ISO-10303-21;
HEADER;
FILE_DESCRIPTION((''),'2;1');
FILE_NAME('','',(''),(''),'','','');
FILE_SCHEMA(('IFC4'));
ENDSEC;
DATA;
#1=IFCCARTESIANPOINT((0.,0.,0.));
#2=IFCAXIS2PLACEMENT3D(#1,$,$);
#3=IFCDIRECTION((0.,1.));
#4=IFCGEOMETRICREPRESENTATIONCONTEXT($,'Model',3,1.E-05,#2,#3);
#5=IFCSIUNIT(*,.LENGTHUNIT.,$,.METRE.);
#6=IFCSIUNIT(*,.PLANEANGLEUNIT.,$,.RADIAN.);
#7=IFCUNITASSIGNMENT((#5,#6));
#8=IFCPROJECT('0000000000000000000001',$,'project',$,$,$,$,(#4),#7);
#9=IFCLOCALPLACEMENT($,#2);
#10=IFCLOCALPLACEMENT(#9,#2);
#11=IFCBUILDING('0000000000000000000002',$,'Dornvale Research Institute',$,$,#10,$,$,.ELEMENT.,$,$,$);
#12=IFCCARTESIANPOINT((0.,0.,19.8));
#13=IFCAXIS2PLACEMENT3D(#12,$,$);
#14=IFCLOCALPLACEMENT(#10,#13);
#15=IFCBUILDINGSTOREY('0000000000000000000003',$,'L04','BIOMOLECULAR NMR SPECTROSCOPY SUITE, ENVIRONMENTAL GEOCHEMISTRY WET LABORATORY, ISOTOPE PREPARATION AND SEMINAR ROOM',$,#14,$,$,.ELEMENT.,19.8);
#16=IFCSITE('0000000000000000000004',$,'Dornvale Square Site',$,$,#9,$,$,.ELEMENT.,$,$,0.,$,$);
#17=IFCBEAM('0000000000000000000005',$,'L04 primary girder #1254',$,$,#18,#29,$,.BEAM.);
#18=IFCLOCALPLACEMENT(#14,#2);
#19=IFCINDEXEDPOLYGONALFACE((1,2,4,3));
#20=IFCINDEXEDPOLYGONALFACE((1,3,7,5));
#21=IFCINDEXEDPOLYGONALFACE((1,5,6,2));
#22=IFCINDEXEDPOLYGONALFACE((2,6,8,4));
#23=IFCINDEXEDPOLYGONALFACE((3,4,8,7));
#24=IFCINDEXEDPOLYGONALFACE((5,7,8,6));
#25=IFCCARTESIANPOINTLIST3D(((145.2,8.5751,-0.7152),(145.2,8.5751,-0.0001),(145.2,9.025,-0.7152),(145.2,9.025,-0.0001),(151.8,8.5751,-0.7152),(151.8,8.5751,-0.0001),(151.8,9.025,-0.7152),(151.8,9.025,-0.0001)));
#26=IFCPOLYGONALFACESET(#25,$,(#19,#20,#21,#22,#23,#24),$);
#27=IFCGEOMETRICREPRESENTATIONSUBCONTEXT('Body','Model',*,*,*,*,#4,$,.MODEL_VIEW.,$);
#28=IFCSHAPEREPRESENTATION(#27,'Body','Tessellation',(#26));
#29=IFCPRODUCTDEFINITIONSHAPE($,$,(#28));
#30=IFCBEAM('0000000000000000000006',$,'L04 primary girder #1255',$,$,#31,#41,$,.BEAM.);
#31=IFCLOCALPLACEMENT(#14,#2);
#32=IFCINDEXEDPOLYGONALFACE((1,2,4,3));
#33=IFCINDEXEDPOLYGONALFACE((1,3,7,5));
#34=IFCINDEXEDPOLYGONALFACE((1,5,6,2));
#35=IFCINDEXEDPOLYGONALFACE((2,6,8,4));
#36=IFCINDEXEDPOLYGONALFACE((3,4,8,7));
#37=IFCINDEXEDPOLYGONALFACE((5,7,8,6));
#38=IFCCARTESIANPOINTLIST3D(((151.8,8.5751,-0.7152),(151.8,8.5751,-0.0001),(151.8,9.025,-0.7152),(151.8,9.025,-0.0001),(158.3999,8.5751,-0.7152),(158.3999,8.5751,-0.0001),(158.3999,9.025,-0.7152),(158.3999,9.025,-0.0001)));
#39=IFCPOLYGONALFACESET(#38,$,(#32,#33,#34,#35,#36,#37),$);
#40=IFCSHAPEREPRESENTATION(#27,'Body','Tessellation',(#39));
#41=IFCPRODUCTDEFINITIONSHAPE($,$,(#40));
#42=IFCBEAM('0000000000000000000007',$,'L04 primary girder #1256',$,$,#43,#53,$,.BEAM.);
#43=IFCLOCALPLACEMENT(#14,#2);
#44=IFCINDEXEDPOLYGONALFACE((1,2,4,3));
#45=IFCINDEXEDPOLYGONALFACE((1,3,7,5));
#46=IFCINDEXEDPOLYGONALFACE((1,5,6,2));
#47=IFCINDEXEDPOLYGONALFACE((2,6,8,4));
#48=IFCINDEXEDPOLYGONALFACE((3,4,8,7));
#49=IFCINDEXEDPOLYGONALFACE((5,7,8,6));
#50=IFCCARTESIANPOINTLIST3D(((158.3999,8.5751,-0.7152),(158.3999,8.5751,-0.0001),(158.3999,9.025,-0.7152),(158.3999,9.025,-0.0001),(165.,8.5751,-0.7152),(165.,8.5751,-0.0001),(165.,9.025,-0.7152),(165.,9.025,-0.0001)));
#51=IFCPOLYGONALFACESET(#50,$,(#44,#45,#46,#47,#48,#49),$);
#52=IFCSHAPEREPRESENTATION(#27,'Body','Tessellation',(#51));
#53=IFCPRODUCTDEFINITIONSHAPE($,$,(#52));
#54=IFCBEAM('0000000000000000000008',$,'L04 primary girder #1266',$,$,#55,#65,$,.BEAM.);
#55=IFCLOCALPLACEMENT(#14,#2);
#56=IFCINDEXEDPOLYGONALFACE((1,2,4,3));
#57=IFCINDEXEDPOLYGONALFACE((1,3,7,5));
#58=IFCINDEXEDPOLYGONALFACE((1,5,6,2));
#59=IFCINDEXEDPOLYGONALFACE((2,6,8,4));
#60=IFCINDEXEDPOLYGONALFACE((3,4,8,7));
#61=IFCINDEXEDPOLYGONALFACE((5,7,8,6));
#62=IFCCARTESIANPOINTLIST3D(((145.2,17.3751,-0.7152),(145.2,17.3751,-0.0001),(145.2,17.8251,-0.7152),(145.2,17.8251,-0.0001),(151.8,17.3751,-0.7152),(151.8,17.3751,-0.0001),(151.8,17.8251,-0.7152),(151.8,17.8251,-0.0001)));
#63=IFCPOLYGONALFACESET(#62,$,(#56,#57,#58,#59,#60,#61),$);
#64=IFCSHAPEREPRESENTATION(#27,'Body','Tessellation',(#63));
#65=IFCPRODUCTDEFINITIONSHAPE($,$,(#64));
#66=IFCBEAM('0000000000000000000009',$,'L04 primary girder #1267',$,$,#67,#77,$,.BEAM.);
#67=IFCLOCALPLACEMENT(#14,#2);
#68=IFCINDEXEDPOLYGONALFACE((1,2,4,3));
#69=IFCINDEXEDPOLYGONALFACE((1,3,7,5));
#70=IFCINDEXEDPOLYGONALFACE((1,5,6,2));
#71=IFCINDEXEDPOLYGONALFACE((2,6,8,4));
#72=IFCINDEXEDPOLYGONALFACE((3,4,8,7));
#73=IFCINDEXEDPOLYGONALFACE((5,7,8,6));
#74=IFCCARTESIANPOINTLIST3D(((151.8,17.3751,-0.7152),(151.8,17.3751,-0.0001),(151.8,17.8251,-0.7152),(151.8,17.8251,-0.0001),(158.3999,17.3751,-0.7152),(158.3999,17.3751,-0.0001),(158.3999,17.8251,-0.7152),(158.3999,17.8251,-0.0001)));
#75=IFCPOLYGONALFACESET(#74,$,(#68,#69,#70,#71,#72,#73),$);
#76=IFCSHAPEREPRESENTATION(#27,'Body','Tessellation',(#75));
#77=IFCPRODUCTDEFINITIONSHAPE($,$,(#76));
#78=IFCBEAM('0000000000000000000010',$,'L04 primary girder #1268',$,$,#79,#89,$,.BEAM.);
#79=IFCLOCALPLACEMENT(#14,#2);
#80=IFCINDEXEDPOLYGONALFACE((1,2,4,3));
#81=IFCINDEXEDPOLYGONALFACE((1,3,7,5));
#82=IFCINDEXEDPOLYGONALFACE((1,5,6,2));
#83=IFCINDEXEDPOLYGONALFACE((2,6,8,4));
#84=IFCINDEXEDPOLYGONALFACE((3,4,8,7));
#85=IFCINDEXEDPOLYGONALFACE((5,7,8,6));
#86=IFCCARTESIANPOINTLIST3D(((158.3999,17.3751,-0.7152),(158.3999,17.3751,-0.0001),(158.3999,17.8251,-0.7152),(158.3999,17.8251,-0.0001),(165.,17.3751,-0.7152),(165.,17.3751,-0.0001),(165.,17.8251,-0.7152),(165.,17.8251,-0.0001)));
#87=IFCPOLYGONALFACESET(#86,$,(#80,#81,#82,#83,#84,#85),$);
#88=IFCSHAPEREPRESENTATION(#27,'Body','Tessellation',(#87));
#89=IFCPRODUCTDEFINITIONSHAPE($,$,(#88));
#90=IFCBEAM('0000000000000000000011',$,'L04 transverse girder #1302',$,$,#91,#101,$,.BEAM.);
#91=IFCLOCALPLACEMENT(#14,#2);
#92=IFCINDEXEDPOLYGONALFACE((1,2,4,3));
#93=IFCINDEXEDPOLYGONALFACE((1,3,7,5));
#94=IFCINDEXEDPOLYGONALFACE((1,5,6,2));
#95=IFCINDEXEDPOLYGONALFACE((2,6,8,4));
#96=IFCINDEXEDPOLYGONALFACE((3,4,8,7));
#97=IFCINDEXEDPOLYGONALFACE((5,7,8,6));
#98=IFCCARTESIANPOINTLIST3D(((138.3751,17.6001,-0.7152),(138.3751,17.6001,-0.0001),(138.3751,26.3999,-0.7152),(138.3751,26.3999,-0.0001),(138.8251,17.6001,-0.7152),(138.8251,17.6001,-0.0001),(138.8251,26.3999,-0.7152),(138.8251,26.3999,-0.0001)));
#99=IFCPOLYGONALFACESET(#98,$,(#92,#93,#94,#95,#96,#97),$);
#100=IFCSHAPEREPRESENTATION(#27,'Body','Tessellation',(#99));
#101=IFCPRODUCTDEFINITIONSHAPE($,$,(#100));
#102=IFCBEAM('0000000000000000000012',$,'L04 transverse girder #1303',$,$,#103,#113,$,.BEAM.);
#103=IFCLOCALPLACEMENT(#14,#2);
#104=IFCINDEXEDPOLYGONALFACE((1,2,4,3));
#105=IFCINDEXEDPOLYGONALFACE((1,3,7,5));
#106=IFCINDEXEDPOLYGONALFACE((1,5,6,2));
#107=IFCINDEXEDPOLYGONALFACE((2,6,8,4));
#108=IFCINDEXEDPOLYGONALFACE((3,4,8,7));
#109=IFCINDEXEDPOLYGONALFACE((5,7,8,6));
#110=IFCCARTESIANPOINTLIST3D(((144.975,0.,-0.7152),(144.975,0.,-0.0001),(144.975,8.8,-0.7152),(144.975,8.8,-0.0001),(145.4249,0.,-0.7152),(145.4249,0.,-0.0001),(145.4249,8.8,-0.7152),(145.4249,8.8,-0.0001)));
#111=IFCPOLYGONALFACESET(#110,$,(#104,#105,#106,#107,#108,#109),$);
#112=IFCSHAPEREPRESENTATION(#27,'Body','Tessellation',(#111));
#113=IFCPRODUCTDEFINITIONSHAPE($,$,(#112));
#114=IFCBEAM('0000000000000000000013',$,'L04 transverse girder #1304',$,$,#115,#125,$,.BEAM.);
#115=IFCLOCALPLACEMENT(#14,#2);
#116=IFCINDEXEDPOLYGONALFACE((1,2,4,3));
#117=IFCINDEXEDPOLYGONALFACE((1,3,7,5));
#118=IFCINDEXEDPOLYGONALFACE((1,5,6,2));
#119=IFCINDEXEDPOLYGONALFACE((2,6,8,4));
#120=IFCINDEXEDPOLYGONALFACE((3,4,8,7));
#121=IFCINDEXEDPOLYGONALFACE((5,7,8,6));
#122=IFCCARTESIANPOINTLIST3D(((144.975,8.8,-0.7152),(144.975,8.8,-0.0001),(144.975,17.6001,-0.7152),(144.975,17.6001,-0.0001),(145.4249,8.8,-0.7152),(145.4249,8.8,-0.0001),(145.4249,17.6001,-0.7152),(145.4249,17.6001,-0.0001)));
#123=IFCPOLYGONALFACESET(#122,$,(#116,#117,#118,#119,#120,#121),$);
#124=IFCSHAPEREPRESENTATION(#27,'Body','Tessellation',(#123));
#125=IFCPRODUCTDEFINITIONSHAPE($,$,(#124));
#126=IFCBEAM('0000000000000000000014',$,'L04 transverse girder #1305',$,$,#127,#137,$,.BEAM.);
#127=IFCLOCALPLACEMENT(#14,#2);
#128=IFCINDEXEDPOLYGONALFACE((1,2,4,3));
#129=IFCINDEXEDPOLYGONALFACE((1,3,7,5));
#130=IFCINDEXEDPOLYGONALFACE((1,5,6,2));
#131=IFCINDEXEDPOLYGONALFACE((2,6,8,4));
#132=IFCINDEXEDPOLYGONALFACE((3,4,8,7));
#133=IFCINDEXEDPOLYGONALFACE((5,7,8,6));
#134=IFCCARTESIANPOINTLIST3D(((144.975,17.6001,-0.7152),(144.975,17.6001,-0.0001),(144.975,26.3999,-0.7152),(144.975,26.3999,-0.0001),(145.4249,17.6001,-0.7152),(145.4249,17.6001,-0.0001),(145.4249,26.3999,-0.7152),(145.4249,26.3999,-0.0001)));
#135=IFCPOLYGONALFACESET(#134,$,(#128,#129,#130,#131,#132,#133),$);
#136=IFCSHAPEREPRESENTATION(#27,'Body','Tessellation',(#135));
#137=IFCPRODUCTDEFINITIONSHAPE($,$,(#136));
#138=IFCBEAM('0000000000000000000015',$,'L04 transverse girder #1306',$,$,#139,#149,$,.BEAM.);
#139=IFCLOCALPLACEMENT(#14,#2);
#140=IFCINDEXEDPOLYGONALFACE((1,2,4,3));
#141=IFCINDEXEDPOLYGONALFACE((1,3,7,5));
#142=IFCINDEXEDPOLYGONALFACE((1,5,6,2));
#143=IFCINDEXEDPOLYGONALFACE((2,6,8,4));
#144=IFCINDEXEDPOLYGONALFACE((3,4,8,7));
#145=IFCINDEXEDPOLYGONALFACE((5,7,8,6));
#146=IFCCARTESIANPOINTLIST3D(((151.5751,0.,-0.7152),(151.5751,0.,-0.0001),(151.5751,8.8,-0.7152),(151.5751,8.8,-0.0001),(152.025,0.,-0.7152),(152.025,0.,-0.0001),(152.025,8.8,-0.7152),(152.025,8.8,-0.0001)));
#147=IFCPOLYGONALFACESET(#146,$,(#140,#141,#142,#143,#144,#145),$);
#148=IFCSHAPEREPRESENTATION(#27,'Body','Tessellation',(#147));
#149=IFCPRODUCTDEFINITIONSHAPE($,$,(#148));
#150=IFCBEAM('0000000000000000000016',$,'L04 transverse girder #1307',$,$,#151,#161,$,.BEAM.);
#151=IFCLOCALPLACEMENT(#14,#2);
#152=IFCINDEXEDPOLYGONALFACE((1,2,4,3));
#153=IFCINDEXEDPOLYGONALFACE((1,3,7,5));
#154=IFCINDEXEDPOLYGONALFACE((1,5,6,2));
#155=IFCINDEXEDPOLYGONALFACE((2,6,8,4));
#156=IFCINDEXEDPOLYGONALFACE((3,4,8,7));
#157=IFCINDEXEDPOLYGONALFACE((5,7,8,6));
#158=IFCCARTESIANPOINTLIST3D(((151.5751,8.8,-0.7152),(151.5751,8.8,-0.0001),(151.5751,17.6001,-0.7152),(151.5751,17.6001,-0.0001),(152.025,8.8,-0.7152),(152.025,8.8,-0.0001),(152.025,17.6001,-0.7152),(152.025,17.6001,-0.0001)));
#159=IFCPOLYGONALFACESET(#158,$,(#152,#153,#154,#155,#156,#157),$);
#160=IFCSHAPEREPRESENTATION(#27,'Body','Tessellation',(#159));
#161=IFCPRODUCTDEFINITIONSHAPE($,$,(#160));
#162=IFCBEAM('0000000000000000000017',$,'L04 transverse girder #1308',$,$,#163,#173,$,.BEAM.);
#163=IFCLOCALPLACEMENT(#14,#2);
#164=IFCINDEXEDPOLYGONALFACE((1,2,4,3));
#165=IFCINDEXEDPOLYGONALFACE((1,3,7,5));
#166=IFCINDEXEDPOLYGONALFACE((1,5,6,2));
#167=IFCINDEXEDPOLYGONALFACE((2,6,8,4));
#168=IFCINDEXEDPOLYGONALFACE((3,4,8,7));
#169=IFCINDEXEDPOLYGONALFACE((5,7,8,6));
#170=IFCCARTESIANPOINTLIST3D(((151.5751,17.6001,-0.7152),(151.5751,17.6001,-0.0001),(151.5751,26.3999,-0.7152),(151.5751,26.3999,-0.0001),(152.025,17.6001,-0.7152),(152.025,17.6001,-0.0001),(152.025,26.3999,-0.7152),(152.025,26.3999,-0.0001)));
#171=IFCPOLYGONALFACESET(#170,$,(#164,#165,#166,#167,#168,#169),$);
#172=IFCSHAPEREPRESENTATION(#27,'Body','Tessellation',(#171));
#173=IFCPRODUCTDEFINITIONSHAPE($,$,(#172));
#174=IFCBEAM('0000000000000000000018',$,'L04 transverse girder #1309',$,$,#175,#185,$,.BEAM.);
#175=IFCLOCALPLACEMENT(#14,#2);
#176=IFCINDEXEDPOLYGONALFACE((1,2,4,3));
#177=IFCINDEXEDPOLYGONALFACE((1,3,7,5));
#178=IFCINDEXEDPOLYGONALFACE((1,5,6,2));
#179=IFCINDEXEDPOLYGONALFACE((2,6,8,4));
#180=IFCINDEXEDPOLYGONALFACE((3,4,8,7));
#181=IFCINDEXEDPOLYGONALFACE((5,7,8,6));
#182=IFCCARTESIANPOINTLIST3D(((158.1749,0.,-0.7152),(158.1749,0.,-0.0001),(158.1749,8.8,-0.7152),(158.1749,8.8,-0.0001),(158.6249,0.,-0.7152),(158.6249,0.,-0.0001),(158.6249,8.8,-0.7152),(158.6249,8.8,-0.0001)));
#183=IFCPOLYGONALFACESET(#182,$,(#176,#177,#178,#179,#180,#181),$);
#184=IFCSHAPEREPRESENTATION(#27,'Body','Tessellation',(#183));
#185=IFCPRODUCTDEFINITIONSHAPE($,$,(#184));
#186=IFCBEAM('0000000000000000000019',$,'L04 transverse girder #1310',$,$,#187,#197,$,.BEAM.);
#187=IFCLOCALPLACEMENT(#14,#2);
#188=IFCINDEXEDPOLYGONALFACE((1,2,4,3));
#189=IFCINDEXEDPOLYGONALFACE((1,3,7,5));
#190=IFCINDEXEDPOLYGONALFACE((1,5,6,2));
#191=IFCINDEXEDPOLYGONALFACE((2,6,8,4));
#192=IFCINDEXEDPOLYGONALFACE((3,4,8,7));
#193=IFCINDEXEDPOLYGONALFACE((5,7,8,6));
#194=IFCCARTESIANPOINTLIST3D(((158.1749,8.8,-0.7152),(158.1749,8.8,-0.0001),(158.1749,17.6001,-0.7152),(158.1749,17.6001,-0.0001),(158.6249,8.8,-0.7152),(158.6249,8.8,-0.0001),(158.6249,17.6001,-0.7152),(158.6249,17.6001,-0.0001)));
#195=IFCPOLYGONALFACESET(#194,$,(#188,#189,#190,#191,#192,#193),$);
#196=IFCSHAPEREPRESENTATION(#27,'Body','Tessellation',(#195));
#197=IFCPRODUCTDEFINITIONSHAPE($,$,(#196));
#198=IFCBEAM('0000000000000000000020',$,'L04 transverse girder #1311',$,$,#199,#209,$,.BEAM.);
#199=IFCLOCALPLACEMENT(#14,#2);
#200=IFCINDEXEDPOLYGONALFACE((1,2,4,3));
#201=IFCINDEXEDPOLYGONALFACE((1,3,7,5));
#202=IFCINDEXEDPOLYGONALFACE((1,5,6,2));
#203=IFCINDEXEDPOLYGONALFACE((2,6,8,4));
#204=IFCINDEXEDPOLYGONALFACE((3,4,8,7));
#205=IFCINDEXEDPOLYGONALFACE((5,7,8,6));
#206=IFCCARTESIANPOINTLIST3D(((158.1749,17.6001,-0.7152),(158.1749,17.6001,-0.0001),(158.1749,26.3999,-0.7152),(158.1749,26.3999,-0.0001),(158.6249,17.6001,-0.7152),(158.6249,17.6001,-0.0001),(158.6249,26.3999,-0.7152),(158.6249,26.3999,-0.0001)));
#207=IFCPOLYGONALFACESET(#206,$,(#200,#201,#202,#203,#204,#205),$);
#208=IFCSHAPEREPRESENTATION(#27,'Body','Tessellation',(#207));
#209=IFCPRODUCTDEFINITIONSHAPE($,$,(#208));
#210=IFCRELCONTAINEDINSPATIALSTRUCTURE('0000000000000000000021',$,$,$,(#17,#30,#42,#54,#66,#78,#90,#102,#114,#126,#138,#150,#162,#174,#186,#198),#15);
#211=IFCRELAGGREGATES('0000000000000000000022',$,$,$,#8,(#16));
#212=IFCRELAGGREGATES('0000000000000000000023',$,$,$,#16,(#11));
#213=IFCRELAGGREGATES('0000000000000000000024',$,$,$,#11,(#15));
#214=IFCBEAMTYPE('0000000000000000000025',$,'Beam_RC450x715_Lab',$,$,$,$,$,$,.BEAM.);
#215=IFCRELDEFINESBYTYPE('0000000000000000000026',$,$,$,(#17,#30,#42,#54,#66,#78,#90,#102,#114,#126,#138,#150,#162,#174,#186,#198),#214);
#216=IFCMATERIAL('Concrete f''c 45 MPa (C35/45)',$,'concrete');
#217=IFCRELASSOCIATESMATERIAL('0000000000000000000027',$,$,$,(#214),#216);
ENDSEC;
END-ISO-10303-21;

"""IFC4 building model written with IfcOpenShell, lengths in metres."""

from ifc_helpers import new_model, si_unit, direction, frame, origin, origin_2d, place, context, subcontext, project, spatial, rectangle, extrude, material, material_profile, profile_set, type_object, element, save


model = new_model("IFC4")

# Units and contexts
model_context = context("Model", 3, precision=1e-05, world=origin(), true_north=direction((0.0, 1.0)))
body_context = subcontext(model_context, "Body", "Model", "MODEL_VIEW")
ifc_project = project(units=[si_unit("LENGTHUNIT", "METRE"), si_unit("PLANEANGLEUNIT", "RADIAN")], contexts=[model_context])

# Site, building, storey
site_placement = place(None, origin())
site = spatial("IfcSite", under=ifc_project, at=site_placement, Name="Dornvale Square Site", CompositionType="ELEMENT", RefElevation=0.0)
building_placement = place(site_placement, origin())
building = spatial("IfcBuilding", under=site, at=building_placement, Name="Dornvale Research Institute", CompositionType="ELEMENT")
storey_placement = place(building_placement, frame((0.0, 0.0, 19.8)))
storey = spatial("IfcBuildingStorey", under=building, at=storey_placement, Name="L04", Description="BIOMOLECULAR NMR SPECTROSCOPY SUITE, ENVIRONMENTAL GEOCHEMISTRY WET LABORATORY, ISOTOPE PREPARATION AND SEMINAR ROOM", CompositionType="ELEMENT", Elevation=19.8)

# Beams
ifc_material_1 = material(Name="Concrete f'c 45 MPa (C35/45)", Category="concrete")
ifc_material_profile_1 = material_profile(ifc_material_1, rectangle(XDim=0.45, YDim=0.7151, at=origin_2d()), Name="RC 450x715")
ifc_profile_set_1 = profile_set([ifc_material_profile_1], Name="Concrete f'c 45 MPa (C35/45)")
beam_type_1 = type_object("IfcBeamType", Name="Beam_RC450x715_Lab", PredefinedType="BEAM", material=ifc_profile_set_1)
beam_1_placement = place(storey_placement, frame((145.2, 8.8, -0.3577), z_axis=(1.0, 0.0, 0.0), x_axis=(0.0, 1.0, 0.0)))
element("IfcBeam", 1, at=beam_1_placement, inside=storey, type_object=beam_type_1, Name="L04 primary girder #1254", PredefinedType="BEAM", context=body_context, shape_type="SweptSolid", body=[
    extrude(rectangle(XDim=0.45, YDim=0.7151, at=origin_2d()), origin(), (0.0, 0.0, 1.0), 6.6001),
])
beam_2_placement = place(storey_placement, frame((151.8, 8.8, -0.3577), z_axis=(1.0, 0.0, 0.0), x_axis=(0.0, 1.0, 0.0)))
element("IfcBeam", 2, at=beam_2_placement, inside=storey, type_object=beam_type_1, Name="L04 primary girder #1255", PredefinedType="BEAM", context=body_context, shape_type="SweptSolid", body=[
    extrude(rectangle(XDim=0.45, YDim=0.7151, at=origin_2d()), origin(), (0.0, 0.0, 1.0), 6.5999),
])
for number, where, z_axis, x_axis, name in (
    (3, (158.3999, 8.8, -0.3577), (1.0, 0.0, 0.0), (0.0, 1.0, 0.0), "L04 primary girder #1256"),
    (4, (145.2, 17.6001, -0.3577), (1.0, 0.0, 0.0), (0.0, 1.0, 0.0), "L04 primary girder #1266"),
):
    element("IfcBeam", number, at=place(storey_placement, frame(where, z_axis=z_axis, x_axis=x_axis)), inside=storey, type_object=beam_type_1, Name=name, PredefinedType="BEAM", context=body_context, shape_type="SweptSolid", body=[
        extrude(rectangle(XDim=0.45, YDim=0.7151, at=origin_2d()), origin(), (0.0, 0.0, 1.0), 6.6001),
    ])
beam_3_placement = place(storey_placement, frame((151.8, 17.6001, -0.3577), z_axis=(1.0, 0.0, 0.0), x_axis=(0.0, 1.0, 0.0)))
element("IfcBeam", 5, at=beam_3_placement, inside=storey, type_object=beam_type_1, Name="L04 primary girder #1267", PredefinedType="BEAM", context=body_context, shape_type="SweptSolid", body=[
    extrude(rectangle(XDim=0.45, YDim=0.7151, at=origin_2d()), origin(), (0.0, 0.0, 1.0), 6.5999),
])
beam_4_placement = place(storey_placement, frame((158.3999, 17.6001, -0.3577), z_axis=(1.0, 0.0, 0.0), x_axis=(0.0, 1.0, 0.0)))
element("IfcBeam", 6, at=beam_4_placement, inside=storey, type_object=beam_type_1, Name="L04 primary girder #1268", PredefinedType="BEAM", context=body_context, shape_type="SweptSolid", body=[
    extrude(rectangle(XDim=0.45, YDim=0.7151, at=origin_2d()), origin(), (0.0, 0.0, 1.0), 6.6001),
])
beam_5_placement = place(storey_placement, frame((138.6001, 17.6001, -0.3577), z_axis=(0.0, 1.0, 0.0), x_axis=(-1.0, 0.0, 0.0)))
element("IfcBeam", 7, at=beam_5_placement, inside=storey, type_object=beam_type_1, Name="L04 transverse girder #1302", PredefinedType="BEAM", context=body_context, shape_type="SweptSolid", body=[
    extrude(rectangle(XDim=0.45, YDim=0.7151, at=origin_2d()), origin(), (0.0, 0.0, 1.0), 8.7998),
])
for number, where, z_axis, x_axis, name in (
    (8, (145.2, 0.0, -0.3577), (0.0, 1.0, 0.0), (-1.0, 0.0, 0.0), "L04 transverse girder #1303"),
    (9, (145.2, 8.8, -0.3577), (0.0, 1.0, 0.0), (-1.0, 0.0, 0.0), "L04 transverse girder #1304"),
):
    element("IfcBeam", number, at=place(storey_placement, frame(where, z_axis=z_axis, x_axis=x_axis)), inside=storey, type_object=beam_type_1, Name=name, PredefinedType="BEAM", context=body_context, shape_type="SweptSolid", body=[
        extrude(rectangle(XDim=0.45, YDim=0.7151, at=origin_2d()), origin(), (0.0, 0.0, 1.0), 8.8),
    ])
beam_6_placement = place(storey_placement, frame((145.2, 17.6001, -0.3577), z_axis=(0.0, 1.0, 0.0), x_axis=(-1.0, 0.0, 0.0)))
element("IfcBeam", 10, at=beam_6_placement, inside=storey, type_object=beam_type_1, Name="L04 transverse girder #1305", PredefinedType="BEAM", context=body_context, shape_type="SweptSolid", body=[
    extrude(rectangle(XDim=0.45, YDim=0.7151, at=origin_2d()), origin(), (0.0, 0.0, 1.0), 8.7998),
])
for number, where, z_axis, x_axis, name in (
    (11, (151.8, 0.0, -0.3577), (0.0, 1.0, 0.0), (-1.0, 0.0, 0.0), "L04 transverse girder #1306"),
    (12, (151.8, 8.8, -0.3577), (0.0, 1.0, 0.0), (-1.0, 0.0, 0.0), "L04 transverse girder #1307"),
):
    element("IfcBeam", number, at=place(storey_placement, frame(where, z_axis=z_axis, x_axis=x_axis)), inside=storey, type_object=beam_type_1, Name=name, PredefinedType="BEAM", context=body_context, shape_type="SweptSolid", body=[
        extrude(rectangle(XDim=0.45, YDim=0.7151, at=origin_2d()), origin(), (0.0, 0.0, 1.0), 8.8),
    ])
beam_7_placement = place(storey_placement, frame((151.8, 17.6001, -0.3577), z_axis=(0.0, 1.0, 0.0), x_axis=(-1.0, 0.0, 0.0)))
element("IfcBeam", 13, at=beam_7_placement, inside=storey, type_object=beam_type_1, Name="L04 transverse girder #1308", PredefinedType="BEAM", context=body_context, shape_type="SweptSolid", body=[
    extrude(rectangle(XDim=0.45, YDim=0.7151, at=origin_2d()), origin(), (0.0, 0.0, 1.0), 8.7998),
])
for number, where, z_axis, x_axis, name in (
    (14, (158.3999, 0.0, -0.3577), (0.0, 1.0, 0.0), (-1.0, 0.0, 0.0), "L04 transverse girder #1309"),
    (15, (158.3999, 8.8, -0.3577), (0.0, 1.0, 0.0), (-1.0, 0.0, 0.0), "L04 transverse girder #1310"),
):
    element("IfcBeam", number, at=place(storey_placement, frame(where, z_axis=z_axis, x_axis=x_axis)), inside=storey, type_object=beam_type_1, Name=name, PredefinedType="BEAM", context=body_context, shape_type="SweptSolid", body=[
        extrude(rectangle(XDim=0.45, YDim=0.7151, at=origin_2d()), origin(), (0.0, 0.0, 1.0), 8.8),
    ])
beam_8_placement = place(storey_placement, frame((158.3999, 17.6001, -0.3577), z_axis=(0.0, 1.0, 0.0), x_axis=(-1.0, 0.0, 0.0)))
element("IfcBeam", 16, at=beam_8_placement, inside=storey, type_object=beam_type_1, Name="L04 transverse girder #1311", PredefinedType="BEAM", context=body_context, shape_type="SweptSolid", body=[
    extrude(rectangle(XDim=0.45, YDim=0.7151, at=origin_2d()), origin(), (0.0, 0.0, 1.0), 8.7998),
])

save(model, "model.ifc")
